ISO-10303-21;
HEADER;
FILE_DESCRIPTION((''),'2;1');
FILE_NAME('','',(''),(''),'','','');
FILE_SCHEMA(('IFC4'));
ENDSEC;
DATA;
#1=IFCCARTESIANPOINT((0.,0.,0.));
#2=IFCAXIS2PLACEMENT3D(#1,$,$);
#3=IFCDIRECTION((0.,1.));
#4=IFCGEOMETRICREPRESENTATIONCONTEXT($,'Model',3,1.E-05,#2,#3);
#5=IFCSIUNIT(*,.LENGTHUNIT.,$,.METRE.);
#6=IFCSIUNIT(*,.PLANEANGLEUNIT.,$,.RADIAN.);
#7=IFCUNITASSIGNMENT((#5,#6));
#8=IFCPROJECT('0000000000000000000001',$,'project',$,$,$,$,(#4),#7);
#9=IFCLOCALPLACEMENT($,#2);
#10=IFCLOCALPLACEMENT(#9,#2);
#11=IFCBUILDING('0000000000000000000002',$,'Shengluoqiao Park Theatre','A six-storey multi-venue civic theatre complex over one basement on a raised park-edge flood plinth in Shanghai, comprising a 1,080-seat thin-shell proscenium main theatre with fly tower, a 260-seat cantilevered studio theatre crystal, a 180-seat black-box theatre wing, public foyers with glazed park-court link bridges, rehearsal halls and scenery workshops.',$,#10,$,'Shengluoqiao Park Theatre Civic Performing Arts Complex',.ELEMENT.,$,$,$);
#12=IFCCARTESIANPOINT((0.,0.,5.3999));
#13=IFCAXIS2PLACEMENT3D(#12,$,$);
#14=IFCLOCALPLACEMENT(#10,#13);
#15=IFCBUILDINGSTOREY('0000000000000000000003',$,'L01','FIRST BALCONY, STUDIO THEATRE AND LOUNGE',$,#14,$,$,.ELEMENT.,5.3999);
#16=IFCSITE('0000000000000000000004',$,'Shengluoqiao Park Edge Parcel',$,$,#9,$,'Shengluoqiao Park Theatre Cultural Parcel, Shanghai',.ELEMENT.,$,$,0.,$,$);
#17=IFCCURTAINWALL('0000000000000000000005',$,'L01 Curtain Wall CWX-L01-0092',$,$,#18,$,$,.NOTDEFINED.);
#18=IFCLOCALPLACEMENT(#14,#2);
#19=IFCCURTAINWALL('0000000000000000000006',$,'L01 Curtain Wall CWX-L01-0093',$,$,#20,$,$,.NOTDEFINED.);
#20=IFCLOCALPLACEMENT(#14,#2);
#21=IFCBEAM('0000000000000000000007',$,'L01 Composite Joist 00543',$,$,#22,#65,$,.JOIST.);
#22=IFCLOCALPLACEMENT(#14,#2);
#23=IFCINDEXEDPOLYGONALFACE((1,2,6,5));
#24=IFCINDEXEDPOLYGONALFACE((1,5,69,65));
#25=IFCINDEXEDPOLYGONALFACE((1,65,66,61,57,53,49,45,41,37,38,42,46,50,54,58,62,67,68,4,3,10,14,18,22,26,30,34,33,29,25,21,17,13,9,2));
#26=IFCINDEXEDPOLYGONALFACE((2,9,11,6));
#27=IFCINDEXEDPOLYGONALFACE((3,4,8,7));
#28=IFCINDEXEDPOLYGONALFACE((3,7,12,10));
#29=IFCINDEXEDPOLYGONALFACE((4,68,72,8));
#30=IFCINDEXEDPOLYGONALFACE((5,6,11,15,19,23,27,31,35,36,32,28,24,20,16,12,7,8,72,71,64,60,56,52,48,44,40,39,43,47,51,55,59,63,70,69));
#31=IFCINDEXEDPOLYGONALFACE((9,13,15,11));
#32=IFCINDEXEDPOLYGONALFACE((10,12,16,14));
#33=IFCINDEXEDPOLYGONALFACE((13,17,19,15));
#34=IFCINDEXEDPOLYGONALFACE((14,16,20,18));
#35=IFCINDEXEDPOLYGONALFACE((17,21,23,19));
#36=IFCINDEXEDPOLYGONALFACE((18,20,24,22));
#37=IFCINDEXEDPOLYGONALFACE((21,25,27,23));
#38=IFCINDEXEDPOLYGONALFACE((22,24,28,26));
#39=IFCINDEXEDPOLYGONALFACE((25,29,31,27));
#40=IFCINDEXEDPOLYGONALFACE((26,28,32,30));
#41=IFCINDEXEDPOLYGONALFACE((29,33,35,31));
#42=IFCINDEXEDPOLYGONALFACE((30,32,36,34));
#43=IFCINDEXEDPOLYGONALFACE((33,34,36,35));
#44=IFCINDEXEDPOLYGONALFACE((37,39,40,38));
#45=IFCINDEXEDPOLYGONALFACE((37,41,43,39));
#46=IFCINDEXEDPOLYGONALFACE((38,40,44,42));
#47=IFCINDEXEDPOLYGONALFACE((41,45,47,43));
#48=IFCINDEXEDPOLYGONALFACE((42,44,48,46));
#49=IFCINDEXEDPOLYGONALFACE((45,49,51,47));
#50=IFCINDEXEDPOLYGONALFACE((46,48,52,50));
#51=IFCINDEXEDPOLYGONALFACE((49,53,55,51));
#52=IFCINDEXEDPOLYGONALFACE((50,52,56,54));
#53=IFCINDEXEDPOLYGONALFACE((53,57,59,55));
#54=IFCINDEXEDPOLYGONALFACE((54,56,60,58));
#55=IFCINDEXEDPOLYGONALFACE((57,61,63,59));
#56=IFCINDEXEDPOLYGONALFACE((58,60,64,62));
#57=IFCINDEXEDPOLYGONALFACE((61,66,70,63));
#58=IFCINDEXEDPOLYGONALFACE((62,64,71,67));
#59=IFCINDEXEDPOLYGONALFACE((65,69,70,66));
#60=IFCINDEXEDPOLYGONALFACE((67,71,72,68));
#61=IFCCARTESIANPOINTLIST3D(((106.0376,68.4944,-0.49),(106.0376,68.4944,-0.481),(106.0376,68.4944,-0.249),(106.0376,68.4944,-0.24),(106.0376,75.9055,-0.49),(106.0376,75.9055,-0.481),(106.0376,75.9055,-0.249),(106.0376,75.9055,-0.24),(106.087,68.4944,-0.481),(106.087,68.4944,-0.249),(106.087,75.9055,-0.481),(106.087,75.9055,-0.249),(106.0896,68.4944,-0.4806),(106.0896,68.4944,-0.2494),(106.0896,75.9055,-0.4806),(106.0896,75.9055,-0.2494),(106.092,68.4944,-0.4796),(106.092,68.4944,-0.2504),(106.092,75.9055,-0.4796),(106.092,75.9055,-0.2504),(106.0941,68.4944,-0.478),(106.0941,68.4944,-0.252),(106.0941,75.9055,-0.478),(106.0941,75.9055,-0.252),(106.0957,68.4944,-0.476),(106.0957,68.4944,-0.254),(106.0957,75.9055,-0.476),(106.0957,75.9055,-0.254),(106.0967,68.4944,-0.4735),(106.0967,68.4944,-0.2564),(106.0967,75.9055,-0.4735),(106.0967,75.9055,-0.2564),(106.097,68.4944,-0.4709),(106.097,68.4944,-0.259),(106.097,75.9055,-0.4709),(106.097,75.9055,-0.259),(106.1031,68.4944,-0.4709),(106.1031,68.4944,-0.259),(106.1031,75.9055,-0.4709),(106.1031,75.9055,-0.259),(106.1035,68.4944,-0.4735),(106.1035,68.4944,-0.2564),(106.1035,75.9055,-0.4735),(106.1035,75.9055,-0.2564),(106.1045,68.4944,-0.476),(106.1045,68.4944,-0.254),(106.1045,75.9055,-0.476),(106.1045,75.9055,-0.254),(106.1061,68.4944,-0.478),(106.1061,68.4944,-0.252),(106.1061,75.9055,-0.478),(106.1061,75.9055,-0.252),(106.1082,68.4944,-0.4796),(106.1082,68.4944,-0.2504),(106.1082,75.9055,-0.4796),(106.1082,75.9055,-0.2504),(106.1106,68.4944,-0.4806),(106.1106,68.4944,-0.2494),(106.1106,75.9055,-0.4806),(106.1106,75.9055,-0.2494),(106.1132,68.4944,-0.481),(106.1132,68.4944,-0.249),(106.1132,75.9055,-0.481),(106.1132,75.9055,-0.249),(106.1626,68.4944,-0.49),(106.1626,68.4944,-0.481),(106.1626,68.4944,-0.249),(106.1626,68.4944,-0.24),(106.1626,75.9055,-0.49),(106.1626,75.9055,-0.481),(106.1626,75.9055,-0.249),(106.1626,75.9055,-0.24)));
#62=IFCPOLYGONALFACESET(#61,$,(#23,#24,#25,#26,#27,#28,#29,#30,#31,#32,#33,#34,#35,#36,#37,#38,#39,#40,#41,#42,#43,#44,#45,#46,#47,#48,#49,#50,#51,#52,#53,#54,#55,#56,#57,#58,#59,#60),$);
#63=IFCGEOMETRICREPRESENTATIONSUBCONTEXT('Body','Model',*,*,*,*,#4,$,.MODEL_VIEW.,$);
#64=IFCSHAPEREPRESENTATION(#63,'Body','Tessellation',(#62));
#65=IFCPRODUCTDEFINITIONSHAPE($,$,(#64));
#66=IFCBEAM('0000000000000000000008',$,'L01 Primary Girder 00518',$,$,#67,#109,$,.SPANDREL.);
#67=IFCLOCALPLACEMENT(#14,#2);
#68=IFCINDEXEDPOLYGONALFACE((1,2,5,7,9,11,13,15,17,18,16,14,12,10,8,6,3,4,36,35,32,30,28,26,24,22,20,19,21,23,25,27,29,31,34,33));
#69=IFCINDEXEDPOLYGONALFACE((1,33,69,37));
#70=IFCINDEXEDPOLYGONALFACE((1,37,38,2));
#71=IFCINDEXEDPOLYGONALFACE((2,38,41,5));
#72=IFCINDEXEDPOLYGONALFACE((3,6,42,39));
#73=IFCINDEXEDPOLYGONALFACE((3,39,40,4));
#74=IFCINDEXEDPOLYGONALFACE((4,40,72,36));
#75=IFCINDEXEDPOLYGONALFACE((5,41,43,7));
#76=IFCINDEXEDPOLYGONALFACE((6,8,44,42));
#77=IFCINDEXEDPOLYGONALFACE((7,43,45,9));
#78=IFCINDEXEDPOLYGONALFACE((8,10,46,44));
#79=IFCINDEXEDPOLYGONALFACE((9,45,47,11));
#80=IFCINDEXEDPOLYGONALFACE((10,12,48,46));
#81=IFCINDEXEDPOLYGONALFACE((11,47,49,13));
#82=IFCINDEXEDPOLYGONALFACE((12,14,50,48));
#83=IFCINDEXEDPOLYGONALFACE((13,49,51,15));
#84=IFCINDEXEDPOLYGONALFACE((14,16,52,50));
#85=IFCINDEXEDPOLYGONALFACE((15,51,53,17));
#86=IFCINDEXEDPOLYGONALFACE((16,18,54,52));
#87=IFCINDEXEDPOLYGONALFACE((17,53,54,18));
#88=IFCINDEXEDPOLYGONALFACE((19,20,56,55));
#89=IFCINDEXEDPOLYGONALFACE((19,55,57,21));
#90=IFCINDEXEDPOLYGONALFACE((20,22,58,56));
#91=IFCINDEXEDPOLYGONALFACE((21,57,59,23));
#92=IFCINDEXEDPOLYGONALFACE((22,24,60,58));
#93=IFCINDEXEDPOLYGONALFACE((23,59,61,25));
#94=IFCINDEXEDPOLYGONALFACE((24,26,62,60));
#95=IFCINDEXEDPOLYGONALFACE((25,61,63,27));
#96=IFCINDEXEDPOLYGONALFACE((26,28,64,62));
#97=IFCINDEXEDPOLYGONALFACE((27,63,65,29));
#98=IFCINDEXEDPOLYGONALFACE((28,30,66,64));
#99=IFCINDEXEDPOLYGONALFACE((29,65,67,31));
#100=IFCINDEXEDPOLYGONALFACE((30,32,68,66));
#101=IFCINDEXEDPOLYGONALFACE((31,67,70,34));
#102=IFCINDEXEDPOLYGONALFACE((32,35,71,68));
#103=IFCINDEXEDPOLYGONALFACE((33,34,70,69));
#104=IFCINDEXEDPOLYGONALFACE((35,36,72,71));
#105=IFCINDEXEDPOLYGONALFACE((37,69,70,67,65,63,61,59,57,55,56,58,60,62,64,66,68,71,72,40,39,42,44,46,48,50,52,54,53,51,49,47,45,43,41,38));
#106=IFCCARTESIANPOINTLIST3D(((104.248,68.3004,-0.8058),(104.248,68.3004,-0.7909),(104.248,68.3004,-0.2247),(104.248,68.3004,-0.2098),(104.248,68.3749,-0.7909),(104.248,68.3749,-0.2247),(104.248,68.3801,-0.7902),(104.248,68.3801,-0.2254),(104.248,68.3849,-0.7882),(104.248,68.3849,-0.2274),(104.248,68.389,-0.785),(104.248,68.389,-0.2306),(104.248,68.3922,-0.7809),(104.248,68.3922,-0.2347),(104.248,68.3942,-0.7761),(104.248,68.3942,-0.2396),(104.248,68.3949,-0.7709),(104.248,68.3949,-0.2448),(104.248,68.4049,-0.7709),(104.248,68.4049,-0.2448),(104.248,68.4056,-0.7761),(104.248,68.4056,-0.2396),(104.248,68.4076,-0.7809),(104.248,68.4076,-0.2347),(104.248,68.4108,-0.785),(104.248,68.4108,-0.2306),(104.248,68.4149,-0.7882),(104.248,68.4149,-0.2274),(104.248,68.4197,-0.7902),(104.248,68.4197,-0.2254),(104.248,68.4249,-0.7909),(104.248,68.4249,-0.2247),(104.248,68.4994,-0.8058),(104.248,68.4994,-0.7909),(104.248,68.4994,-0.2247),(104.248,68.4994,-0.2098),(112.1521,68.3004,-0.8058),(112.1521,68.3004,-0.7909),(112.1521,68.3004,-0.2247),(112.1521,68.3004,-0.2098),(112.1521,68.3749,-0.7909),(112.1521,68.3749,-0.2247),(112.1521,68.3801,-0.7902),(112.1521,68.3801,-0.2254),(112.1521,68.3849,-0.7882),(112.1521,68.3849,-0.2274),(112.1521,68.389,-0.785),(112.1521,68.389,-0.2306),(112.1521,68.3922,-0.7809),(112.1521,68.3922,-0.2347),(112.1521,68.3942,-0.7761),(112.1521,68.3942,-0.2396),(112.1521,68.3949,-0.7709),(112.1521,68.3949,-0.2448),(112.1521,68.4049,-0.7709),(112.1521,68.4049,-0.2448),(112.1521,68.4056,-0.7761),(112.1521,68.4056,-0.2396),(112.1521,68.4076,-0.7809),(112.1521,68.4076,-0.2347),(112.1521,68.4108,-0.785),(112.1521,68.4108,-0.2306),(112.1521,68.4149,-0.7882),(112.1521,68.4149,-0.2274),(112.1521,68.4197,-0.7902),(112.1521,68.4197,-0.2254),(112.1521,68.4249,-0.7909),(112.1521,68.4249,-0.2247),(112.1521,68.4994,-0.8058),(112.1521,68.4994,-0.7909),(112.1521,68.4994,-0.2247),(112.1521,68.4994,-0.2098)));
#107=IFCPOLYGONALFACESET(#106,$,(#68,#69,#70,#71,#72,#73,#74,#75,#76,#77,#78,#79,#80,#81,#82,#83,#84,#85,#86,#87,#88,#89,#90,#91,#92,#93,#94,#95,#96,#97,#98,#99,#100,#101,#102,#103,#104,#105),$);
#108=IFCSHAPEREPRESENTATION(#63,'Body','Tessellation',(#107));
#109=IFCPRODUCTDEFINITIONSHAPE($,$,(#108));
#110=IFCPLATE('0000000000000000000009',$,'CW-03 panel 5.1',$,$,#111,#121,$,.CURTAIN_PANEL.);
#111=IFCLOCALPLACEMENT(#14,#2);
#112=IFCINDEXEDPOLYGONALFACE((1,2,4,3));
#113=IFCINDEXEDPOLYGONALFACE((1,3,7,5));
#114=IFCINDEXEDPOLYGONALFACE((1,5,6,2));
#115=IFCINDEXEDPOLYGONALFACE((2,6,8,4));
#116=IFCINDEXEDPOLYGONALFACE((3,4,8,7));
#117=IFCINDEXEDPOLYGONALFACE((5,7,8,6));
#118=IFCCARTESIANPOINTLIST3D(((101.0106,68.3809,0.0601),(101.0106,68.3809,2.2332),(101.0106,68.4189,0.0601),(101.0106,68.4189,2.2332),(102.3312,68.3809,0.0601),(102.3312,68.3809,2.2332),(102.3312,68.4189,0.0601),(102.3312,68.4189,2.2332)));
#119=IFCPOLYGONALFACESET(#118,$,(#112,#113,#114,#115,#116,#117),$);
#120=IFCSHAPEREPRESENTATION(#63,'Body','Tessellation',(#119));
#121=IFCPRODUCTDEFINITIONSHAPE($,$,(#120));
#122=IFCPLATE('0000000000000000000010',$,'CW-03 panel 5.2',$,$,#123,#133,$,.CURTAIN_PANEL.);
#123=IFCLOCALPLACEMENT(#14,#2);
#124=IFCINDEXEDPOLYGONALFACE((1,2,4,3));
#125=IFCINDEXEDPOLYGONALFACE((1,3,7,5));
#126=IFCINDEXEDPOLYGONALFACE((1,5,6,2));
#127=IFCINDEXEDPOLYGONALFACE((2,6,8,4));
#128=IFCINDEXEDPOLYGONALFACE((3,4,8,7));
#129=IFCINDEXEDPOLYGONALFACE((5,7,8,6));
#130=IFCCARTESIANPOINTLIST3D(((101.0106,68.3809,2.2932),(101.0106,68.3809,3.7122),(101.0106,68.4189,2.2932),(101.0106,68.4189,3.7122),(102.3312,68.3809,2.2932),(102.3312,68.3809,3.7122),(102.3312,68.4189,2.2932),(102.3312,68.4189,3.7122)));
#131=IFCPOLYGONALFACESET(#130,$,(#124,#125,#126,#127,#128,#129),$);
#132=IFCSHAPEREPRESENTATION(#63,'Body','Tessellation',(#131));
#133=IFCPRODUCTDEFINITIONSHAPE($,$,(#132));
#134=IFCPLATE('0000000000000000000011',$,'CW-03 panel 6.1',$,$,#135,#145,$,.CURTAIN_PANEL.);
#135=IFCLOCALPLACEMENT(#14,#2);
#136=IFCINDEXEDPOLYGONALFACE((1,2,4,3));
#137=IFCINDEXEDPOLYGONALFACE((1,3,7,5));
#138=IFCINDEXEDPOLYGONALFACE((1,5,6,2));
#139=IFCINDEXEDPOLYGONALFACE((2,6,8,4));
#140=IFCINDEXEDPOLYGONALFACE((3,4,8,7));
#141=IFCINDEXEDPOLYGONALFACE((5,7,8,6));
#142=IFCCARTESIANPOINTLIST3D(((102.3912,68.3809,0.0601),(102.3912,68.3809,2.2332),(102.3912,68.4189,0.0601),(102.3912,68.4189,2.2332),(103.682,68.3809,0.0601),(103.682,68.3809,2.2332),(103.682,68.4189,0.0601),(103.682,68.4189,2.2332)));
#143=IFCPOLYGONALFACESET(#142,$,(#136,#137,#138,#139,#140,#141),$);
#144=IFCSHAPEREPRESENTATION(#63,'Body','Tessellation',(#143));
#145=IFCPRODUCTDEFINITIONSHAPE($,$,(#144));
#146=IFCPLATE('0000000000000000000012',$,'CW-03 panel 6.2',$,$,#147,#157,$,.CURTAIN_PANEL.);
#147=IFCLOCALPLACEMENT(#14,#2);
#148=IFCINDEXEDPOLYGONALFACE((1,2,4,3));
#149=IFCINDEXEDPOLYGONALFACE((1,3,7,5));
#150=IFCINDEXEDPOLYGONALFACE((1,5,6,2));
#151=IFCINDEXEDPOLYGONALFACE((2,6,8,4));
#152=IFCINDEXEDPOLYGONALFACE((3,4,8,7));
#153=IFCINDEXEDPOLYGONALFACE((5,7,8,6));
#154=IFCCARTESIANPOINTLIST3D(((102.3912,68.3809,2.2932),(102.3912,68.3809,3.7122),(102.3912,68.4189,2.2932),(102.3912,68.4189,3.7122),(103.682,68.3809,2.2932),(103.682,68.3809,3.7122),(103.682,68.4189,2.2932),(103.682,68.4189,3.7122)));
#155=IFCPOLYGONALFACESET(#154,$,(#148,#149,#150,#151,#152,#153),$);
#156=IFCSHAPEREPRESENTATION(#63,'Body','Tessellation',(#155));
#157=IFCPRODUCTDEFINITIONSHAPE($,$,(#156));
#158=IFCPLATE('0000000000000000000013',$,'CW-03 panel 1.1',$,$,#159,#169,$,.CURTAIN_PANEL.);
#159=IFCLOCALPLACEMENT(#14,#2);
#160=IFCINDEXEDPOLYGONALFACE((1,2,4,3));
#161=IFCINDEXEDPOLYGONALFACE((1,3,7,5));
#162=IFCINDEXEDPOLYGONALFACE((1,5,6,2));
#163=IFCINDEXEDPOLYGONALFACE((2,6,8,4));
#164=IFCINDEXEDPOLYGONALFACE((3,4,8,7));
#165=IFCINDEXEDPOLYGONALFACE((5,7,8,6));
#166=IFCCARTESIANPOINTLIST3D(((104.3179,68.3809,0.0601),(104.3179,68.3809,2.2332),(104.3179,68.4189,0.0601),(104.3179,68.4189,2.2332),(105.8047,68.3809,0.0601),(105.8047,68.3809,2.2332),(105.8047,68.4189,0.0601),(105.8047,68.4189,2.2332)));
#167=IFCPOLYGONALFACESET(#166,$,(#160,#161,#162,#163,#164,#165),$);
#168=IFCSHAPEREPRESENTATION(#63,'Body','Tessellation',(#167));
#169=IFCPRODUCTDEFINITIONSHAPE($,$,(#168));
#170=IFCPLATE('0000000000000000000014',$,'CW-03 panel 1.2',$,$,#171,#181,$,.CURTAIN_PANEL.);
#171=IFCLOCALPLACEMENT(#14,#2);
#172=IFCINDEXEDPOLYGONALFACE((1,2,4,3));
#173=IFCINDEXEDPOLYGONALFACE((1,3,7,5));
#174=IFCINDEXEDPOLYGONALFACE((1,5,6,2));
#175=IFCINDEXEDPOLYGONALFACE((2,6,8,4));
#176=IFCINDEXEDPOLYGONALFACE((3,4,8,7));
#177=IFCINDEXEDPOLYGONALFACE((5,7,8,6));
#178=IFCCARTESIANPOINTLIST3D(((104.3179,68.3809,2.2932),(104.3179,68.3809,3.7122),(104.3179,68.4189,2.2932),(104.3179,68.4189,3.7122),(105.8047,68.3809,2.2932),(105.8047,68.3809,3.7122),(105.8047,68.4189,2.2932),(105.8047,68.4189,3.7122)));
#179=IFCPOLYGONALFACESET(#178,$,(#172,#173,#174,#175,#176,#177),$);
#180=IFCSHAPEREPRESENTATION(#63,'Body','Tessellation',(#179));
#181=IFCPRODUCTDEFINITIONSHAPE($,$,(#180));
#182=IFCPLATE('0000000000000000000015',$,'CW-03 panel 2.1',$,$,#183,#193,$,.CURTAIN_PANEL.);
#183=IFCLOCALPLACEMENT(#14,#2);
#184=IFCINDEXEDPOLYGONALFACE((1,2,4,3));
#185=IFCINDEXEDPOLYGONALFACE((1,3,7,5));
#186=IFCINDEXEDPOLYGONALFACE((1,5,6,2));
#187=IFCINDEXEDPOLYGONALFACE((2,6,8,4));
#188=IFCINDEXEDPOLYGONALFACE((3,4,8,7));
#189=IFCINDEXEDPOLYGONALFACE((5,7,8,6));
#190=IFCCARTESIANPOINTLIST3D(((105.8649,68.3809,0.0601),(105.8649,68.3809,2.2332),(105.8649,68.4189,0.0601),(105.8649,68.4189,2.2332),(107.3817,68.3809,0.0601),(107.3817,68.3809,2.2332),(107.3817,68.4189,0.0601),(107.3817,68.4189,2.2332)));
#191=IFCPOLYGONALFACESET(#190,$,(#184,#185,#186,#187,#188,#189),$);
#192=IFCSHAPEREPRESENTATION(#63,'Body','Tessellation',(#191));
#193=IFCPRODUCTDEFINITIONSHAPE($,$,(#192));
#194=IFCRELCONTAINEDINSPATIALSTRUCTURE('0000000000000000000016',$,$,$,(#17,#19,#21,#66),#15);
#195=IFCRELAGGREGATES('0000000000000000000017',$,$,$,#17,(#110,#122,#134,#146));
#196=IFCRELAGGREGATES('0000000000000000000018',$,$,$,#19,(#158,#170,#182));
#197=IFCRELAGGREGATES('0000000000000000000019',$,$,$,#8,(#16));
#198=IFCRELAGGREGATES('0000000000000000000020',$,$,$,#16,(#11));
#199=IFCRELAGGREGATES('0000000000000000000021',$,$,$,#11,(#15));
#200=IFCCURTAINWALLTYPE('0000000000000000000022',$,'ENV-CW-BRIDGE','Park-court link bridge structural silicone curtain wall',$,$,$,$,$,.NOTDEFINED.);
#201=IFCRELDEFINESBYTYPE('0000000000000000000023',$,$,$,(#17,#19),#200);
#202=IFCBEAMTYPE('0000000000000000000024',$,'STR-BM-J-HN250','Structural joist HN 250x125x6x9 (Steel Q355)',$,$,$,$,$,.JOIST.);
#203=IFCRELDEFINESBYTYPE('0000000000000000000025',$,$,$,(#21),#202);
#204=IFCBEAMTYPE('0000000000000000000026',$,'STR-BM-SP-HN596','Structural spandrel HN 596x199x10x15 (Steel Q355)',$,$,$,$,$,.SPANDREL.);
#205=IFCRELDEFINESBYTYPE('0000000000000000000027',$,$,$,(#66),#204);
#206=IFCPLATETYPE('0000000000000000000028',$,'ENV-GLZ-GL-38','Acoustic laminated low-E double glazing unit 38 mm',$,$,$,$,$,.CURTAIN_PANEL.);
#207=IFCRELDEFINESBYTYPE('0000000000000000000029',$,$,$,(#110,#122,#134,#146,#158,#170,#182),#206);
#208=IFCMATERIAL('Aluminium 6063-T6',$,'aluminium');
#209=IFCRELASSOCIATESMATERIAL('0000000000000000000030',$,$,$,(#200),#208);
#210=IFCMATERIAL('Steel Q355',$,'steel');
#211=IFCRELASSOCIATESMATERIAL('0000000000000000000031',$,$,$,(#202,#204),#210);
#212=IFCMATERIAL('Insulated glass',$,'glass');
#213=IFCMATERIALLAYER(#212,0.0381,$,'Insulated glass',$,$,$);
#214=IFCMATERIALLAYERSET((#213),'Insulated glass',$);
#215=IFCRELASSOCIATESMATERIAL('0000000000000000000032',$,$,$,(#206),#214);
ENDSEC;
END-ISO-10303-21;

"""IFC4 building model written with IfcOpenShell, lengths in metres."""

from ifc_helpers import new_model, si_unit, direction, frame, origin, origin_2d, place, context, subcontext, project, spatial, rectangle, i_section, extrude, material, layer, layer_set, material_profile, profile_set, type_object, element, aggregate, save


model = new_model("IFC4")

# Units and contexts
model_context = context("Model", 3, precision=1e-05, world=origin(), true_north=direction((0.0, 1.0)))
body_context = subcontext(model_context, "Body", "Model", "MODEL_VIEW")
ifc_project = project(units=[si_unit("LENGTHUNIT", "METRE"), si_unit("PLANEANGLEUNIT", "RADIAN")], contexts=[model_context])

# Site, building, storey
site_placement = place(None, origin())
site = spatial("IfcSite", under=ifc_project, at=site_placement, Name="Shengluoqiao Park Edge Parcel", LongName="Shengluoqiao Park Theatre Cultural Parcel, Shanghai", CompositionType="ELEMENT", RefElevation=0.0)
building_placement = place(site_placement, origin())
building = spatial("IfcBuilding", under=site, at=building_placement, Name="Shengluoqiao Park Theatre", Description="A six-storey multi-venue civic theatre complex over one basement on a raised park-edge flood plinth in Shanghai, comprising a 1,080-seat thin-shell proscenium main theatre with fly tower, a 260-seat cantilevered studio theatre crystal, a 180-seat black-box theatre wing, public foyers with glazed park-court link bridges, rehearsal halls and scenery workshops.", LongName="Shengluoqiao Park Theatre Civic Performing Arts Complex", CompositionType="ELEMENT")
storey_placement = place(building_placement, frame((0.0, 0.0, 5.3999)))
storey = spatial("IfcBuildingStorey", under=building, at=storey_placement, Name="L01", Description="FIRST BALCONY, STUDIO THEATRE AND LOUNGE", CompositionType="ELEMENT", Elevation=5.3999)

# Curtain walls
ifc_material_1 = material(Name="Aluminium 6063-T6", Category="aluminium")
curtain_wall_type = type_object("IfcCurtainWallType", Name="ENV-CW-BRIDGE", Description="Park-court link bridge structural silicone curtain wall", PredefinedType="NOTDEFINED", material=ifc_material_1)
curtain_wall_1_placement = place(storey_placement, origin())
curtain_wall_1 = element("IfcCurtainWall", 1, at=curtain_wall_1_placement, inside=storey, type_object=curtain_wall_type, Name="L01 Curtain Wall CWX-L01-0092", PredefinedType="NOTDEFINED")
curtain_wall_2_placement = place(storey_placement, origin())
curtain_wall_2 = element("IfcCurtainWall", 2, at=curtain_wall_2_placement, inside=storey, type_object=curtain_wall_type, Name="L01 Curtain Wall CWX-L01-0093", PredefinedType="NOTDEFINED")

# Beams
ifc_material_2 = material(Name="Steel Q355", Category="steel")
ifc_material_profile_1 = material_profile(ifc_material_2, i_section(OverallWidth=0.125, OverallDepth=0.25, WebThickness=0.0061, FlangeThickness=0.009, FilletRadius=0.01, at=origin_2d()), Name="HN 250x125x6x9")
ifc_profile_set_1 = profile_set([ifc_material_profile_1], Name="Steel Q355")
beam_type_1 = type_object("IfcBeamType", Name="STR-BM-J-HN250", Description="Structural joist HN 250x125x6x9 (Steel Q355)", PredefinedType="JOIST", material=ifc_profile_set_1)
for number, where, z_axis, x_axis, name in (
    (3, (106.1001, 68.4944, -0.365), (0.0, 1.0, 0.0), (-1.0, 0.0, 0.0), "L01 Composite Joist 00543"),
):
    element("IfcBeam", number, at=place(storey_placement, frame(where, z_axis=z_axis, x_axis=x_axis)), inside=storey, type_object=beam_type_1, Name=name, PredefinedType="JOIST", context=body_context, shape_type="SweptSolid", body=[
        extrude(i_section(OverallWidth=0.125, OverallDepth=0.25, WebThickness=0.0061, FlangeThickness=0.009, FilletRadius=0.01, at=origin_2d()), origin(), (0.0, 0.0, 1.0), 7.4111),
    ])
ifc_material_profile_2 = material_profile(ifc_material_2, i_section(OverallWidth=0.199, OverallDepth=0.5959, WebThickness=0.01, FlangeThickness=0.0149, FilletRadius=0.02, at=origin_2d()), Name="HN 596x199x10x15")
ifc_profile_set_2 = profile_set([ifc_material_profile_2], Name="Steel Q355")
beam_type_2 = type_object("IfcBeamType", Name="STR-BM-SP-HN596", Description="Structural spandrel HN 596x199x10x15 (Steel Q355)", PredefinedType="SPANDREL", material=ifc_profile_set_2)
beam_placement = place(storey_placement, frame((104.248, 68.3999, -0.5078), z_axis=(1.0, 0.0, 0.0), x_axis=(0.0, 1.0, 0.0)))
element("IfcBeam", 4, at=beam_placement, inside=storey, type_object=beam_type_2, Name="L01 Primary Girder 00518", PredefinedType="SPANDREL", context=body_context, shape_type="SweptSolid", body=[
    extrude(i_section(OverallWidth=0.199, OverallDepth=0.5959, WebThickness=0.01, FlangeThickness=0.0149, FilletRadius=0.02, at=origin_2d()), origin(), (0.0, 0.0, 1.0), 7.9041),
])

# Plates
ifc_material_3 = material(Name="Insulated glass", Category="glass")
ifc_layer = layer(ifc_material_3, 0.0381, Name="Insulated glass")
ifc_layer_set = layer_set([ifc_layer], Name="Insulated glass")
plate_type = type_object("IfcPlateType", Name="ENV-GLZ-GL-38", Description="Acoustic laminated low-E double glazing unit 38 mm", PredefinedType="CURTAIN_PANEL", material=ifc_layer_set)
plate_1_placement = place(storey_placement, frame((101.6709, 68.3999, 0.0601), z_axis=(0.0, 0.0, 1.0), x_axis=(1.0, 0.0, 0.0)))
plate_1 = element("IfcPlate", 5, at=plate_1_placement, type_object=plate_type, Name="CW-03 panel 5.1", PredefinedType="CURTAIN_PANEL", context=body_context, shape_type="SweptSolid", body=[
    extrude(rectangle(XDim=1.3206, YDim=0.0381, at=origin_2d()), origin(), (0.0, 0.0, 1.0), 2.1731),
])
plate_2_placement = place(storey_placement, frame((101.6709, 68.3999, 2.2932), z_axis=(0.0, 0.0, 1.0), x_axis=(1.0, 0.0, 0.0)))
plate_2 = element("IfcPlate", 6, at=plate_2_placement, type_object=plate_type, Name="CW-03 panel 5.2", PredefinedType="CURTAIN_PANEL", context=body_context, shape_type="SweptSolid", body=[
    extrude(rectangle(XDim=1.3206, YDim=0.0381, at=origin_2d()), origin(), (0.0, 0.0, 1.0), 1.4189),
])
plate_3_placement = place(storey_placement, frame((103.0366, 68.3999, 0.0601), z_axis=(0.0, 0.0, 1.0), x_axis=(1.0, 0.0, 0.0)))
plate_3 = element("IfcPlate", 7, at=plate_3_placement, type_object=plate_type, Name="CW-03 panel 6.1", PredefinedType="CURTAIN_PANEL", context=body_context, shape_type="SweptSolid", body=[
    extrude(rectangle(XDim=1.2908, YDim=0.0381, at=origin_2d()), origin(), (0.0, 0.0, 1.0), 2.1731),
])
plate_4_placement = place(storey_placement, frame((103.0366, 68.3999, 2.2932), z_axis=(0.0, 0.0, 1.0), x_axis=(1.0, 0.0, 0.0)))
plate_4 = element("IfcPlate", 8, at=plate_4_placement, type_object=plate_type, Name="CW-03 panel 6.2", PredefinedType="CURTAIN_PANEL", context=body_context, shape_type="SweptSolid", body=[
    extrude(rectangle(XDim=1.2908, YDim=0.0381, at=origin_2d()), origin(), (0.0, 0.0, 1.0), 1.4189),
])
aggregate(curtain_wall_1, [plate_1, plate_2, plate_3, plate_4])
plate_5_placement = place(storey_placement, frame((105.0613, 68.3999, 0.0601), z_axis=(0.0, 0.0, 1.0), x_axis=(1.0, 0.0, 0.0)))
plate_5 = element("IfcPlate", 9, at=plate_5_placement, type_object=plate_type, Name="CW-03 panel 1.1", PredefinedType="CURTAIN_PANEL", context=body_context, shape_type="SweptSolid", body=[
    extrude(rectangle(XDim=1.4868, YDim=0.0381, at=origin_2d()), origin(), (0.0, 0.0, 1.0), 2.1731),
])
plate_6_placement = place(storey_placement, frame((105.0613, 68.3999, 2.2932), z_axis=(0.0, 0.0, 1.0), x_axis=(1.0, 0.0, 0.0)))
plate_6 = element("IfcPlate", 10, at=plate_6_placement, type_object=plate_type, Name="CW-03 panel 1.2", PredefinedType="CURTAIN_PANEL", context=body_context, shape_type="SweptSolid", body=[
    extrude(rectangle(XDim=1.4868, YDim=0.0381, at=origin_2d()), origin(), (0.0, 0.0, 1.0), 1.4189),
])
plate_7_placement = place(storey_placement, frame((106.6233, 68.3999, 0.0601), z_axis=(0.0, 0.0, 1.0), x_axis=(1.0, 0.0, 0.0)))
plate_7 = element("IfcPlate", 11, at=plate_7_placement, type_object=plate_type, Name="CW-03 panel 2.1", PredefinedType="CURTAIN_PANEL", context=body_context, shape_type="SweptSolid", body=[
    extrude(rectangle(XDim=1.5168, YDim=0.0381, at=origin_2d()), origin(), (0.0, 0.0, 1.0), 2.1731),
])
aggregate(curtain_wall_2, [plate_5, plate_6, plate_7])

save(model, "model.ifc")
